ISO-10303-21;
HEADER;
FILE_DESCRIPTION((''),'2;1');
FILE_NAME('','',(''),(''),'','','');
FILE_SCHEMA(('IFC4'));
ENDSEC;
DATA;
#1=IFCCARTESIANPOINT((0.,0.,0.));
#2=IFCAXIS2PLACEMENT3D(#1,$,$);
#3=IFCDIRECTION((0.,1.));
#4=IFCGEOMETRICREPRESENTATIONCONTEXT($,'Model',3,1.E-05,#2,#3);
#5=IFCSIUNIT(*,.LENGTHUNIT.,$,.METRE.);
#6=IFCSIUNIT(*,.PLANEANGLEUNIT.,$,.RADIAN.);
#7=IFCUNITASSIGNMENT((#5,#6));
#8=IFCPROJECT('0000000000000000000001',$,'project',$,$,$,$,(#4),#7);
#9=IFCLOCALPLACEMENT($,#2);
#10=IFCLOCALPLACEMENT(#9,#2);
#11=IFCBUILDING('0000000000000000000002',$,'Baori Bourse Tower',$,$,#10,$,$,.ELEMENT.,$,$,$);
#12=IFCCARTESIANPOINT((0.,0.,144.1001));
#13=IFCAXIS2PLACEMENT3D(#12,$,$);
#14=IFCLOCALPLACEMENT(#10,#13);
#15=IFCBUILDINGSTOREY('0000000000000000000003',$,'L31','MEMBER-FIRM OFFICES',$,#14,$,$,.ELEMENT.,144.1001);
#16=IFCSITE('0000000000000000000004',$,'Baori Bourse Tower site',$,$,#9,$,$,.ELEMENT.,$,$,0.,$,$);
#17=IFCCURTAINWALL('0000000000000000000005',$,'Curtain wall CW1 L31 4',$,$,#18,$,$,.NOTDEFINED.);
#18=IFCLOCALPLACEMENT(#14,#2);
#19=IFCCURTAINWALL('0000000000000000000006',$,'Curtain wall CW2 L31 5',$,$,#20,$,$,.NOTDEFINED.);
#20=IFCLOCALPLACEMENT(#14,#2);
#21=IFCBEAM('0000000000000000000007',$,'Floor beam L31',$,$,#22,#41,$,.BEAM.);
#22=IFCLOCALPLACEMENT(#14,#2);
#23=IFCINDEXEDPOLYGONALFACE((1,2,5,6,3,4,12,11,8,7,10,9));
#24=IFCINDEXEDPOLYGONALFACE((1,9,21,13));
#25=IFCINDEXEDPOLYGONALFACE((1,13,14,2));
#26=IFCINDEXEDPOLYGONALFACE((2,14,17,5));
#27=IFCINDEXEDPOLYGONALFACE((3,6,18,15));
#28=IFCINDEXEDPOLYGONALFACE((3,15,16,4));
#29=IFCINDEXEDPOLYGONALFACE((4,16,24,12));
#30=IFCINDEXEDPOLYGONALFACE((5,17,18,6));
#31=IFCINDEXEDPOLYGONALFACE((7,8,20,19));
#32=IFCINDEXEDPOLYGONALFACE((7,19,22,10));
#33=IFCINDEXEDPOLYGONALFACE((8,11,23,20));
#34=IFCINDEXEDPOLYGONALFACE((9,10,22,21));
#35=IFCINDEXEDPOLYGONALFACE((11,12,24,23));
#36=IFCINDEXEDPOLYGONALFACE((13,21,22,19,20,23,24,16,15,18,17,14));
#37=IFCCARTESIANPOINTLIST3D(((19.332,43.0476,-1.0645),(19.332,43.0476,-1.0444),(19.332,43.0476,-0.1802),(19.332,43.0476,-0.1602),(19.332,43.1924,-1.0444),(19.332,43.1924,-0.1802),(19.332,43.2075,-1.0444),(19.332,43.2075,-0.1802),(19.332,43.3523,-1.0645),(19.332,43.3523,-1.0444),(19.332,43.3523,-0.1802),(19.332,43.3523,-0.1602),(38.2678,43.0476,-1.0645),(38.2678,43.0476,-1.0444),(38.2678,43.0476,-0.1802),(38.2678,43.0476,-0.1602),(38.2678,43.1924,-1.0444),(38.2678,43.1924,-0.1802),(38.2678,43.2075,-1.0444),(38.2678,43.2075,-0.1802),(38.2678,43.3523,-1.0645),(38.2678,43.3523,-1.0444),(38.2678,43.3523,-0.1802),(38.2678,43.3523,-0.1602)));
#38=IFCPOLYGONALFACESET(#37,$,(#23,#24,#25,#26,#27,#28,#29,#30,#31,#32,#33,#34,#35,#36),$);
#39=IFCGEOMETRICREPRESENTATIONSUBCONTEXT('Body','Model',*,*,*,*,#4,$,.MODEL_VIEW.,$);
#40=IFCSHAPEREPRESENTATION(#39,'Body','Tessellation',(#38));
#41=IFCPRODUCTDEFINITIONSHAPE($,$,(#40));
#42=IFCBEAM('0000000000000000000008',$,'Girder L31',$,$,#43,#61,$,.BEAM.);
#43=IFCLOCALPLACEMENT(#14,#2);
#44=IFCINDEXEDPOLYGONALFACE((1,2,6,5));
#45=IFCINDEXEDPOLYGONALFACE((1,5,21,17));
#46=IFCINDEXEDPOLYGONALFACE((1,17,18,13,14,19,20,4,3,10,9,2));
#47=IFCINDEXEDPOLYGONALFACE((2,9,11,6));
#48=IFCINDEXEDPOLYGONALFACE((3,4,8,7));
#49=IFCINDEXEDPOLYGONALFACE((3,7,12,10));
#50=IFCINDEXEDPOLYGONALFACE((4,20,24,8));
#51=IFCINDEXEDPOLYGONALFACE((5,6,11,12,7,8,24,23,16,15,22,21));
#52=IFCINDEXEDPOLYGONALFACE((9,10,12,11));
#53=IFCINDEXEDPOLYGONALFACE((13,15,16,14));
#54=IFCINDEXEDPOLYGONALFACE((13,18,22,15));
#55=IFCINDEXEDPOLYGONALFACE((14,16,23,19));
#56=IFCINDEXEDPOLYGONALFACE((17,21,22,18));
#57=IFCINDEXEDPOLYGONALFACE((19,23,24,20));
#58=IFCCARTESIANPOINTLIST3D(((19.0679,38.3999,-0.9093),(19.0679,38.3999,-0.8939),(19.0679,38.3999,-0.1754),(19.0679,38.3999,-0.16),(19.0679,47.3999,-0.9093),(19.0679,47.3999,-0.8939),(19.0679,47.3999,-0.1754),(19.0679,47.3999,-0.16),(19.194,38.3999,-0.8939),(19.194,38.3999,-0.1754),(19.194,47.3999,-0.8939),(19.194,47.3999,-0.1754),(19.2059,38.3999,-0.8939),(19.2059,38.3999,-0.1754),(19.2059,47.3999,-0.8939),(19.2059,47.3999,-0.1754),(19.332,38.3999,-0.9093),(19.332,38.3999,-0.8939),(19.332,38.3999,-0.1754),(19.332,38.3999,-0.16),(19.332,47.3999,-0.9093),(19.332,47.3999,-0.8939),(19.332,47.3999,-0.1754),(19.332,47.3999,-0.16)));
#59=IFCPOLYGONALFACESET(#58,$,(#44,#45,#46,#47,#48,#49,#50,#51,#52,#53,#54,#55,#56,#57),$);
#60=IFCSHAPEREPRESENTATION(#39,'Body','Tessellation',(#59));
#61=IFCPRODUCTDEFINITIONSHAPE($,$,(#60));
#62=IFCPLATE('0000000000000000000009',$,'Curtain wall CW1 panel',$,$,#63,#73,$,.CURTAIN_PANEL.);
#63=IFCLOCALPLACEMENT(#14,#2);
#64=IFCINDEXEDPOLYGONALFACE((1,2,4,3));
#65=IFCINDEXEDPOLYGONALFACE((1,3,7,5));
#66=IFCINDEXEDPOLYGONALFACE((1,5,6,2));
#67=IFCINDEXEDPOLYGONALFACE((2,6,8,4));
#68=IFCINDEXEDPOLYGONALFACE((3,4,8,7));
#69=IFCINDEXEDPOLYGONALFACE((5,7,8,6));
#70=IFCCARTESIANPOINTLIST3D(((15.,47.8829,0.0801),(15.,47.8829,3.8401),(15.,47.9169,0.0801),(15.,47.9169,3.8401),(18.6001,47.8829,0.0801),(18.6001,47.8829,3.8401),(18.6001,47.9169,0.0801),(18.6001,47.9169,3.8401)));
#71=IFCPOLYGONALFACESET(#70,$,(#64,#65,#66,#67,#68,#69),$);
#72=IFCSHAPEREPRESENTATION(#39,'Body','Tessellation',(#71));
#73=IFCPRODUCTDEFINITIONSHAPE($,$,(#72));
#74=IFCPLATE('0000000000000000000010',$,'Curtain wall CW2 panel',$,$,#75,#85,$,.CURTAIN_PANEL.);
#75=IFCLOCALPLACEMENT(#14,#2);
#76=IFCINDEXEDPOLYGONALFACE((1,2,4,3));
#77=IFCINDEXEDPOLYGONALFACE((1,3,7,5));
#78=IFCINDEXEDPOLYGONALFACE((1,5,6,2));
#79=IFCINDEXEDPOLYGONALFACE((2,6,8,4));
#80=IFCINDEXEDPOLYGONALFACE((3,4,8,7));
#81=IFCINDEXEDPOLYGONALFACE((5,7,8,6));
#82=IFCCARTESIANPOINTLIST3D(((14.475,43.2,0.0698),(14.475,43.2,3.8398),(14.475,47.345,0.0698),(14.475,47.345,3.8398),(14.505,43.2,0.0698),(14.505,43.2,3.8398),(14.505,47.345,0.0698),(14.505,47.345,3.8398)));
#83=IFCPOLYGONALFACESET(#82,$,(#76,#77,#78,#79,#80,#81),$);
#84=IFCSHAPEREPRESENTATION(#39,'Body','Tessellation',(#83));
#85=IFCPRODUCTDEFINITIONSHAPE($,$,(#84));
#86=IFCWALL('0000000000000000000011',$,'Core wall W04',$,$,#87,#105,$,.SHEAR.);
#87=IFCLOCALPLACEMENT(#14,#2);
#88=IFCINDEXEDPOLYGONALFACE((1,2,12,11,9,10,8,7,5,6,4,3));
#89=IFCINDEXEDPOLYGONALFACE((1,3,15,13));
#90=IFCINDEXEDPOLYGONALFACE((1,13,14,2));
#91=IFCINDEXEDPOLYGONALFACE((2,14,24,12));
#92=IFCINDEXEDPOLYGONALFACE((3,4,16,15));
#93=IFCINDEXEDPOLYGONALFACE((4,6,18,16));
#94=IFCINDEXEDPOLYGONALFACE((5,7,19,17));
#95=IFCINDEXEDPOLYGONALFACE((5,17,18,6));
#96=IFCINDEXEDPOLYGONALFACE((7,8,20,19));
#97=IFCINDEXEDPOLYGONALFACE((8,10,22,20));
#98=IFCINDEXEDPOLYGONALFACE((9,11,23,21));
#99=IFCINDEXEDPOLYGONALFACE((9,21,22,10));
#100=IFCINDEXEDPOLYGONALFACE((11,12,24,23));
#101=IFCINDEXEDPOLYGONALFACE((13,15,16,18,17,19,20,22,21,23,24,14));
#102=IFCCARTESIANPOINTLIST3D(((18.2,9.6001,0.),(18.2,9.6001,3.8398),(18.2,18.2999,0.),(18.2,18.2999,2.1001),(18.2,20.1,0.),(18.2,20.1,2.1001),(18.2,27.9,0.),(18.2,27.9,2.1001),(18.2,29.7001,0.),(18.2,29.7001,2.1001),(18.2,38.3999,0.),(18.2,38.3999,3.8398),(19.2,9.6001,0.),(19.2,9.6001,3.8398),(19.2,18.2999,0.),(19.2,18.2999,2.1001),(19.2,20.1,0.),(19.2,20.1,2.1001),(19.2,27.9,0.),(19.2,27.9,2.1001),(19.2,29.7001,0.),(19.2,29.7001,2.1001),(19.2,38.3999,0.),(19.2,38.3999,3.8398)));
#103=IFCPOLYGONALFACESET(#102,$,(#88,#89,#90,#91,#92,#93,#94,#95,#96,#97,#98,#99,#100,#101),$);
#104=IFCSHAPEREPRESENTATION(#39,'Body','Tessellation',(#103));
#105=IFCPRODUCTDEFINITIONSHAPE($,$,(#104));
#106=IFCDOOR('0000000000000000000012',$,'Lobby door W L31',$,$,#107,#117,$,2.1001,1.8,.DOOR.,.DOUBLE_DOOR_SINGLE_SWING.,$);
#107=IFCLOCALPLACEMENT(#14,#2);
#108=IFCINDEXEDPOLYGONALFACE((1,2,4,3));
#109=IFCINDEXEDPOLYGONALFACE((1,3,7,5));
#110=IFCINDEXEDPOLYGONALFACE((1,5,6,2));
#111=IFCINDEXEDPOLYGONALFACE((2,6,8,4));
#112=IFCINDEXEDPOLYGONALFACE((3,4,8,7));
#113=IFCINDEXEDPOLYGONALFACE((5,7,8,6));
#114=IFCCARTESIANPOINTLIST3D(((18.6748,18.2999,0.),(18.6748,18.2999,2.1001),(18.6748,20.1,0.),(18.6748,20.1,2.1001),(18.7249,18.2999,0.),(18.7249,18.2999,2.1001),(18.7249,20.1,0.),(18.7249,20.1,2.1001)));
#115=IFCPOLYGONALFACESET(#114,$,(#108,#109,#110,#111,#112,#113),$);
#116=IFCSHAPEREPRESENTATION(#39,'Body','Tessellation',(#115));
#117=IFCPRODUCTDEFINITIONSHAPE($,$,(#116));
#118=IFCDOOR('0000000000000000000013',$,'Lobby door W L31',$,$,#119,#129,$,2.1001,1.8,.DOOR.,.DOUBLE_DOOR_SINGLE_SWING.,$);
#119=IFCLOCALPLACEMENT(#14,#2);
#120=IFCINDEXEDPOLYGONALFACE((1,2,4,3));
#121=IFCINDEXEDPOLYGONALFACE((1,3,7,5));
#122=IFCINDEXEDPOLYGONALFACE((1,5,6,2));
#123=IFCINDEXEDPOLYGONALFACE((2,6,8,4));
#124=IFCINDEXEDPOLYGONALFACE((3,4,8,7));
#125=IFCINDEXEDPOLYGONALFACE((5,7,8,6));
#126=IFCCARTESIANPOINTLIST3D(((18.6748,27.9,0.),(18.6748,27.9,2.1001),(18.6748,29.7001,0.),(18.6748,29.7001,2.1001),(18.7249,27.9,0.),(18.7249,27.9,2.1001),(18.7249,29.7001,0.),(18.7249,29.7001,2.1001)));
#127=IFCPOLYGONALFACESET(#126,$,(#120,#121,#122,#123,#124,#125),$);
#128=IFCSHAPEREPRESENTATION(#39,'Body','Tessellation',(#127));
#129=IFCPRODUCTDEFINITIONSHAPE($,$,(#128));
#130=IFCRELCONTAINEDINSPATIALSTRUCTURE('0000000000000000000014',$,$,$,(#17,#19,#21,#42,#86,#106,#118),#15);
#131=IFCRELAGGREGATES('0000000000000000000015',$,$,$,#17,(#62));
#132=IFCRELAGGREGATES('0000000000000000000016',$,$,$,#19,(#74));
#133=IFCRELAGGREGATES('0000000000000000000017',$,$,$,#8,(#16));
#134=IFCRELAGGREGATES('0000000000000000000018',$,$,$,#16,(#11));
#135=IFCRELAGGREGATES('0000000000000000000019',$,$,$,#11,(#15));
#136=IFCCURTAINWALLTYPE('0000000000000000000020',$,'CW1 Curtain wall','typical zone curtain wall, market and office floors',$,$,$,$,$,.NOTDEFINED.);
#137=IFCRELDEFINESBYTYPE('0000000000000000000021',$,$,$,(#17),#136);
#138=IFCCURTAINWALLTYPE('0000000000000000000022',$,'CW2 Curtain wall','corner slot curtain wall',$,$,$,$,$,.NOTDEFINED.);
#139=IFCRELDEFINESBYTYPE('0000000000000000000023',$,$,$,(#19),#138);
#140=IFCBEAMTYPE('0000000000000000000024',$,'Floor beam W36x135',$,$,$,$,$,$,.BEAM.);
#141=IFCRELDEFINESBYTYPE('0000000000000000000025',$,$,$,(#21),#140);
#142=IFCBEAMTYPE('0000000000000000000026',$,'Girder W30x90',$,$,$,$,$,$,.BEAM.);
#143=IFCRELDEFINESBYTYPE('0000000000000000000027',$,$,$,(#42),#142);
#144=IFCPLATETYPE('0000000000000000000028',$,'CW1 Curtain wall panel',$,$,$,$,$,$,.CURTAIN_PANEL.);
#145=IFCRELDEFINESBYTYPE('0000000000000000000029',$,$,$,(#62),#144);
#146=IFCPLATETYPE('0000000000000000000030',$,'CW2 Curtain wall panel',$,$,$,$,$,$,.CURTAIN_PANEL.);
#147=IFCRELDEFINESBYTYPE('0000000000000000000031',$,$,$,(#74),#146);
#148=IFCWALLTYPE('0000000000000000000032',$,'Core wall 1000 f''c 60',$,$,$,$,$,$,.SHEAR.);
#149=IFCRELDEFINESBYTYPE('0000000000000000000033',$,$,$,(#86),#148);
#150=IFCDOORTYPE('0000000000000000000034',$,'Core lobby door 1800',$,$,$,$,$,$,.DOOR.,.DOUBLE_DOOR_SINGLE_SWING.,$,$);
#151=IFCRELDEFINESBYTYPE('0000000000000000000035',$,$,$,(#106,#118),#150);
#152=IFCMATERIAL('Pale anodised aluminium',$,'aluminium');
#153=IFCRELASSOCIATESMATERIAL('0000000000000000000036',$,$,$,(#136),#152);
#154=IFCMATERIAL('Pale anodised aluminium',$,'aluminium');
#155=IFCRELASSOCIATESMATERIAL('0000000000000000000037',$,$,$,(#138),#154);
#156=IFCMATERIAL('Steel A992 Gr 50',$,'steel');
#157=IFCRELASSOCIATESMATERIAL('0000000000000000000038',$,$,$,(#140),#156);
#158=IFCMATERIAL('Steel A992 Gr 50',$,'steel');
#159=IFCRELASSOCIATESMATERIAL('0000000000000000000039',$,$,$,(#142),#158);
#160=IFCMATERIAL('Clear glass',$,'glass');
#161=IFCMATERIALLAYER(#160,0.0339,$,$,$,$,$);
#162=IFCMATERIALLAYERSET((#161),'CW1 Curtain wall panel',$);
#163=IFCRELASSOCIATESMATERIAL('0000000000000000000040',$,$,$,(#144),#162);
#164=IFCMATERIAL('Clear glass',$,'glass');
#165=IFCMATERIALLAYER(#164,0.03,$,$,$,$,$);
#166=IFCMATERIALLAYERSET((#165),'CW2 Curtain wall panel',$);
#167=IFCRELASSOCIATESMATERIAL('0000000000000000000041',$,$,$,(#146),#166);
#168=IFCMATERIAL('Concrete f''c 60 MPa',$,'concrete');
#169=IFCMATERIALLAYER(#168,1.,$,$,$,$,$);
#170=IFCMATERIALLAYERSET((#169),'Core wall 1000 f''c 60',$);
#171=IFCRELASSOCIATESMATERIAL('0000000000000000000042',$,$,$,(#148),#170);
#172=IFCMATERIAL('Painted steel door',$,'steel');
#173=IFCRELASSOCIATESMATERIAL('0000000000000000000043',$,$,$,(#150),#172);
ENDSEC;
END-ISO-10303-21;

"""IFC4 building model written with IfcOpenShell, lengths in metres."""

from ifc_helpers import new_model, si_unit, direction, frame, frame_2d, origin, origin_2d, place, context, subcontext, project, spatial, rectangle, i_section, extrude, material, layer, layer_set, material_profile, profile_set, type_object, element, fill, aggregate, save


model = new_model("IFC4")

# Units and contexts
model_context = context("Model", 3, precision=1e-05, world=origin(), true_north=direction((0.0, 1.0)))
body_context = subcontext(model_context, "Body", "Model", "MODEL_VIEW")
ifc_project = project(units=[si_unit("LENGTHUNIT", "METRE"), si_unit("PLANEANGLEUNIT", "RADIAN")], contexts=[model_context])

# Site, building, storey
site_placement = place(None, origin())
site = spatial("IfcSite", under=ifc_project, at=site_placement, Name="Baori Bourse Tower site", CompositionType="ELEMENT", RefElevation=0.0)
building_placement = place(site_placement, origin())
building = spatial("IfcBuilding", under=site, at=building_placement, Name="Baori Bourse Tower", CompositionType="ELEMENT")
storey_placement = place(building_placement, frame((0.0, 0.0, 144.1001)))
storey = spatial("IfcBuildingStorey", under=building, at=storey_placement, Name="L31", Description="MEMBER-FIRM OFFICES", CompositionType="ELEMENT", Elevation=144.1001)

# Curtain wall
ifc_material_1 = material(Name="Pale anodised aluminium", Category="aluminium")
curtain_wall_type_1 = type_object("IfcCurtainWallType", Name="CW1 Curtain wall", Description="typical zone curtain wall, market and office floors", PredefinedType="NOTDEFINED", material=ifc_material_1)
curtain_wall_1_placement = place(storey_placement, origin())
curtain_wall_1 = element("IfcCurtainWall", 1, at=curtain_wall_1_placement, inside=storey, type_object=curtain_wall_type_1, Name="Curtain wall CW1 L31 4", PredefinedType="NOTDEFINED")

# Curtain wall
ifc_material_2 = material(Name="Pale anodised aluminium", Category="aluminium")
curtain_wall_type_2 = type_object("IfcCurtainWallType", Name="CW2 Curtain wall", Description="corner slot curtain wall", PredefinedType="NOTDEFINED", material=ifc_material_2)
curtain_wall_2_placement = place(storey_placement, origin())
curtain_wall_2 = element("IfcCurtainWall", 2, at=curtain_wall_2_placement, inside=storey, type_object=curtain_wall_type_2, Name="Curtain wall CW2 L31 5", PredefinedType="NOTDEFINED")

# Beams
ifc_material_3 = material(Name="Steel A992 Gr 50", Category="steel")
ifc_material_profile_1 = material_profile(ifc_material_3, i_section(OverallWidth=0.3047, OverallDepth=0.9043, WebThickness=0.0151, FlangeThickness=0.02, at=origin_2d()), Name="W36x135")
ifc_profile_set_1 = profile_set([ifc_material_profile_1], Name="Steel A992 Gr 50")
beam_type_1 = type_object("IfcBeamType", Name="Floor beam W36x135", PredefinedType="BEAM", material=ifc_profile_set_1)
beam_1_placement = place(storey_placement, frame((19.332, 43.2, -0.6123), z_axis=(1.0, 0.0, 0.0), x_axis=(0.0, 1.0, 0.0)))
element("IfcBeam", 3, at=beam_1_placement, inside=storey, type_object=beam_type_1, Name="Floor beam L31", PredefinedType="BEAM", context=body_context, shape_type="SweptSolid", body=[
    extrude(i_section(OverallWidth=0.3047, OverallDepth=0.9043, WebThickness=0.0151, FlangeThickness=0.02, at=origin_2d()), origin(), (0.0, 0.0, 1.0), 18.9358),
])
ifc_material_4 = material(Name="Steel A992 Gr 50", Category="steel")
ifc_material_profile_2 = material_profile(ifc_material_4, i_section(OverallWidth=0.2642, OverallDepth=0.7493, WebThickness=0.012, FlangeThickness=0.0154, at=origin_2d()), Name="W30x90")
ifc_profile_set_2 = profile_set([ifc_material_profile_2], Name="Steel A992 Gr 50")
beam_type_2 = type_object("IfcBeamType", Name="Girder W30x90", PredefinedType="BEAM", material=ifc_profile_set_2)
beam_2_placement = place(storey_placement, frame((19.2, 38.3999, -0.5347), z_axis=(0.0, 1.0, 0.0), x_axis=(-1.0, 0.0, 0.0)))
element("IfcBeam", 4, at=beam_2_placement, inside=storey, type_object=beam_type_2, Name="Girder L31", PredefinedType="BEAM", context=body_context, shape_type="SweptSolid", body=[
    extrude(i_section(OverallWidth=0.2642, OverallDepth=0.7493, WebThickness=0.012, FlangeThickness=0.0154, at=origin_2d()), origin(), (0.0, 0.0, 1.0), 9.0),
])

# Plates
ifc_material_5 = material(Name="Clear glass", Category="glass")
ifc_layer_1 = layer(ifc_material_5, 0.0339)
ifc_layer_set_1 = layer_set([ifc_layer_1], Name="CW1 Curtain wall panel")
plate_type_1 = type_object("IfcPlateType", Name="CW1 Curtain wall panel", PredefinedType="CURTAIN_PANEL", material=ifc_layer_set_1)
plate_1_placement = place(storey_placement, frame((16.8, 47.8999, 0.0801), z_axis=(0.0, 0.0, 1.0), x_axis=(-1.0, 0.0, 0.0)))
plate_1 = element("IfcPlate", 5, at=plate_1_placement, type_object=plate_type_1, Name="Curtain wall CW1 panel", PredefinedType="CURTAIN_PANEL", context=body_context, shape_type="SweptSolid", body=[
    extrude(rectangle(XDim=3.6001, YDim=0.0339, at=origin_2d()), origin(), (0.0, 0.0, 1.0), 3.76),
])
aggregate(curtain_wall_1, [plate_1])
ifc_material_6 = material(Name="Clear glass", Category="glass")
ifc_layer_2 = layer(ifc_material_6, 0.03)
ifc_layer_set_2 = layer_set([ifc_layer_2], Name="CW2 Curtain wall panel")
plate_type_2 = type_object("IfcPlateType", Name="CW2 Curtain wall panel", PredefinedType="CURTAIN_PANEL", material=ifc_layer_set_2)
plate_2_placement = place(storey_placement, frame((14.49, 45.2725, 0.0698), z_axis=(0.0, 0.0, 1.0), x_axis=(0.0, -1.0, 0.0)))
plate_2 = element("IfcPlate", 6, at=plate_2_placement, type_object=plate_type_2, Name="Curtain wall CW2 panel", PredefinedType="CURTAIN_PANEL", context=body_context, shape_type="SweptSolid", body=[
    extrude(rectangle(XDim=4.145, YDim=0.03, at=origin_2d()), origin(), (0.0, 0.0, 1.0), 3.77),
])
aggregate(curtain_wall_2, [plate_2])

# Wall, openings, doors
ifc_material_7 = material(Name="Concrete f'c 60 MPa", Category="concrete")
ifc_layer_3 = layer(ifc_material_7, 1.0)
ifc_layer_set_3 = layer_set([ifc_layer_3], Name="Core wall 1000 f'c 60")
wall_type_1 = type_object("IfcWallType", Name="Core wall 1000 f'c 60", PredefinedType="SHEAR", material=ifc_layer_set_3)
wall_1_placement = place(storey_placement, frame((18.7, 38.3999, 0.0), z_axis=(0.0, 0.0, 1.0), x_axis=(0.0, -1.0, 0.0)))
wall_1 = element("IfcWall", 7, at=wall_1_placement, inside=storey, type_object=wall_type_1, Name="Core wall W04", PredefinedType="SHEAR", context=body_context, shape_type="SweptSolid", body=[
    extrude(rectangle(XDim=28.7998, YDim=1.0, at=frame_2d((14.3999, 0.0))), origin(), (0.0, 0.0, 1.0), 3.8398),
])
opening_1_placement = place(wall_1_placement, frame((18.3, 0.0, 0.0)))
opening_1 = element("IfcOpeningElement", 8, at=opening_1_placement, cuts=wall_1, PredefinedType="OPENING", context=body_context, shape_type="SweptSolid", body=[
    extrude(rectangle(XDim=1.8, YDim=2.1001, at=frame_2d((0.8999, 1.05))), frame((0.0, 0.51, 0.0), z_axis=(0.0, -1.0, 0.0), x_axis=(1.0, 0.0, 0.0)), (0.0, 0.0, 1.0), 1.02),
])
opening_2_placement = place(wall_1_placement, frame((8.7, 0.0, 0.0)))
opening_2 = element("IfcOpeningElement", 9, at=opening_2_placement, cuts=wall_1, PredefinedType="OPENING", context=body_context, shape_type="SweptSolid", body=[
    extrude(rectangle(XDim=1.8, YDim=2.1001, at=frame_2d((0.8999, 1.05))), frame((0.0, 0.51, 0.0), z_axis=(0.0, -1.0, 0.0), x_axis=(1.0, 0.0, 0.0)), (0.0, 0.0, 1.0), 1.02),
])
ifc_material_8 = material(Name="Painted steel door", Category="steel")
door_type_1 = type_object("IfcDoorType", Name="Core lobby door 1800", OperationType="DOUBLE_DOOR_SINGLE_SWING", PredefinedType="DOOR", material=ifc_material_8)
door_1_placement = place(opening_1_placement, origin())
door_1 = element("IfcDoor", 10, at=door_1_placement, inside=storey, type_object=door_type_1, Name="Lobby door W L31", OperationType="DOUBLE_DOOR_SINGLE_SWING", OverallHeight=2.1001, OverallWidth=1.8, PredefinedType="DOOR", context=body_context, shape_type="SweptSolid", body=[
    extrude(rectangle(XDim=1.8, YDim=2.1001, at=frame_2d((0.8999, 1.05))), frame((0.0, 0.0249, 0.0), z_axis=(0.0, -1.0, 0.0), x_axis=(1.0, 0.0, 0.0)), (0.0, 0.0, 1.0), 0.05),
])
fill(opening_1, door_1)
door_2_placement = place(opening_2_placement, origin())
door_2 = element("IfcDoor", 11, at=door_2_placement, inside=storey, type_object=door_type_1, Name="Lobby door W L31", OperationType="DOUBLE_DOOR_SINGLE_SWING", OverallHeight=2.1001, OverallWidth=1.8, PredefinedType="DOOR", context=body_context, shape_type="SweptSolid", body=[
    extrude(rectangle(XDim=1.8, YDim=2.1001, at=frame_2d((0.8999, 1.05))), frame((0.0, 0.0249, 0.0), z_axis=(0.0, -1.0, 0.0), x_axis=(1.0, 0.0, 0.0)), (0.0, 0.0, 1.0), 0.05),
])
fill(opening_2, door_2)

save(model, "model.ifc")
